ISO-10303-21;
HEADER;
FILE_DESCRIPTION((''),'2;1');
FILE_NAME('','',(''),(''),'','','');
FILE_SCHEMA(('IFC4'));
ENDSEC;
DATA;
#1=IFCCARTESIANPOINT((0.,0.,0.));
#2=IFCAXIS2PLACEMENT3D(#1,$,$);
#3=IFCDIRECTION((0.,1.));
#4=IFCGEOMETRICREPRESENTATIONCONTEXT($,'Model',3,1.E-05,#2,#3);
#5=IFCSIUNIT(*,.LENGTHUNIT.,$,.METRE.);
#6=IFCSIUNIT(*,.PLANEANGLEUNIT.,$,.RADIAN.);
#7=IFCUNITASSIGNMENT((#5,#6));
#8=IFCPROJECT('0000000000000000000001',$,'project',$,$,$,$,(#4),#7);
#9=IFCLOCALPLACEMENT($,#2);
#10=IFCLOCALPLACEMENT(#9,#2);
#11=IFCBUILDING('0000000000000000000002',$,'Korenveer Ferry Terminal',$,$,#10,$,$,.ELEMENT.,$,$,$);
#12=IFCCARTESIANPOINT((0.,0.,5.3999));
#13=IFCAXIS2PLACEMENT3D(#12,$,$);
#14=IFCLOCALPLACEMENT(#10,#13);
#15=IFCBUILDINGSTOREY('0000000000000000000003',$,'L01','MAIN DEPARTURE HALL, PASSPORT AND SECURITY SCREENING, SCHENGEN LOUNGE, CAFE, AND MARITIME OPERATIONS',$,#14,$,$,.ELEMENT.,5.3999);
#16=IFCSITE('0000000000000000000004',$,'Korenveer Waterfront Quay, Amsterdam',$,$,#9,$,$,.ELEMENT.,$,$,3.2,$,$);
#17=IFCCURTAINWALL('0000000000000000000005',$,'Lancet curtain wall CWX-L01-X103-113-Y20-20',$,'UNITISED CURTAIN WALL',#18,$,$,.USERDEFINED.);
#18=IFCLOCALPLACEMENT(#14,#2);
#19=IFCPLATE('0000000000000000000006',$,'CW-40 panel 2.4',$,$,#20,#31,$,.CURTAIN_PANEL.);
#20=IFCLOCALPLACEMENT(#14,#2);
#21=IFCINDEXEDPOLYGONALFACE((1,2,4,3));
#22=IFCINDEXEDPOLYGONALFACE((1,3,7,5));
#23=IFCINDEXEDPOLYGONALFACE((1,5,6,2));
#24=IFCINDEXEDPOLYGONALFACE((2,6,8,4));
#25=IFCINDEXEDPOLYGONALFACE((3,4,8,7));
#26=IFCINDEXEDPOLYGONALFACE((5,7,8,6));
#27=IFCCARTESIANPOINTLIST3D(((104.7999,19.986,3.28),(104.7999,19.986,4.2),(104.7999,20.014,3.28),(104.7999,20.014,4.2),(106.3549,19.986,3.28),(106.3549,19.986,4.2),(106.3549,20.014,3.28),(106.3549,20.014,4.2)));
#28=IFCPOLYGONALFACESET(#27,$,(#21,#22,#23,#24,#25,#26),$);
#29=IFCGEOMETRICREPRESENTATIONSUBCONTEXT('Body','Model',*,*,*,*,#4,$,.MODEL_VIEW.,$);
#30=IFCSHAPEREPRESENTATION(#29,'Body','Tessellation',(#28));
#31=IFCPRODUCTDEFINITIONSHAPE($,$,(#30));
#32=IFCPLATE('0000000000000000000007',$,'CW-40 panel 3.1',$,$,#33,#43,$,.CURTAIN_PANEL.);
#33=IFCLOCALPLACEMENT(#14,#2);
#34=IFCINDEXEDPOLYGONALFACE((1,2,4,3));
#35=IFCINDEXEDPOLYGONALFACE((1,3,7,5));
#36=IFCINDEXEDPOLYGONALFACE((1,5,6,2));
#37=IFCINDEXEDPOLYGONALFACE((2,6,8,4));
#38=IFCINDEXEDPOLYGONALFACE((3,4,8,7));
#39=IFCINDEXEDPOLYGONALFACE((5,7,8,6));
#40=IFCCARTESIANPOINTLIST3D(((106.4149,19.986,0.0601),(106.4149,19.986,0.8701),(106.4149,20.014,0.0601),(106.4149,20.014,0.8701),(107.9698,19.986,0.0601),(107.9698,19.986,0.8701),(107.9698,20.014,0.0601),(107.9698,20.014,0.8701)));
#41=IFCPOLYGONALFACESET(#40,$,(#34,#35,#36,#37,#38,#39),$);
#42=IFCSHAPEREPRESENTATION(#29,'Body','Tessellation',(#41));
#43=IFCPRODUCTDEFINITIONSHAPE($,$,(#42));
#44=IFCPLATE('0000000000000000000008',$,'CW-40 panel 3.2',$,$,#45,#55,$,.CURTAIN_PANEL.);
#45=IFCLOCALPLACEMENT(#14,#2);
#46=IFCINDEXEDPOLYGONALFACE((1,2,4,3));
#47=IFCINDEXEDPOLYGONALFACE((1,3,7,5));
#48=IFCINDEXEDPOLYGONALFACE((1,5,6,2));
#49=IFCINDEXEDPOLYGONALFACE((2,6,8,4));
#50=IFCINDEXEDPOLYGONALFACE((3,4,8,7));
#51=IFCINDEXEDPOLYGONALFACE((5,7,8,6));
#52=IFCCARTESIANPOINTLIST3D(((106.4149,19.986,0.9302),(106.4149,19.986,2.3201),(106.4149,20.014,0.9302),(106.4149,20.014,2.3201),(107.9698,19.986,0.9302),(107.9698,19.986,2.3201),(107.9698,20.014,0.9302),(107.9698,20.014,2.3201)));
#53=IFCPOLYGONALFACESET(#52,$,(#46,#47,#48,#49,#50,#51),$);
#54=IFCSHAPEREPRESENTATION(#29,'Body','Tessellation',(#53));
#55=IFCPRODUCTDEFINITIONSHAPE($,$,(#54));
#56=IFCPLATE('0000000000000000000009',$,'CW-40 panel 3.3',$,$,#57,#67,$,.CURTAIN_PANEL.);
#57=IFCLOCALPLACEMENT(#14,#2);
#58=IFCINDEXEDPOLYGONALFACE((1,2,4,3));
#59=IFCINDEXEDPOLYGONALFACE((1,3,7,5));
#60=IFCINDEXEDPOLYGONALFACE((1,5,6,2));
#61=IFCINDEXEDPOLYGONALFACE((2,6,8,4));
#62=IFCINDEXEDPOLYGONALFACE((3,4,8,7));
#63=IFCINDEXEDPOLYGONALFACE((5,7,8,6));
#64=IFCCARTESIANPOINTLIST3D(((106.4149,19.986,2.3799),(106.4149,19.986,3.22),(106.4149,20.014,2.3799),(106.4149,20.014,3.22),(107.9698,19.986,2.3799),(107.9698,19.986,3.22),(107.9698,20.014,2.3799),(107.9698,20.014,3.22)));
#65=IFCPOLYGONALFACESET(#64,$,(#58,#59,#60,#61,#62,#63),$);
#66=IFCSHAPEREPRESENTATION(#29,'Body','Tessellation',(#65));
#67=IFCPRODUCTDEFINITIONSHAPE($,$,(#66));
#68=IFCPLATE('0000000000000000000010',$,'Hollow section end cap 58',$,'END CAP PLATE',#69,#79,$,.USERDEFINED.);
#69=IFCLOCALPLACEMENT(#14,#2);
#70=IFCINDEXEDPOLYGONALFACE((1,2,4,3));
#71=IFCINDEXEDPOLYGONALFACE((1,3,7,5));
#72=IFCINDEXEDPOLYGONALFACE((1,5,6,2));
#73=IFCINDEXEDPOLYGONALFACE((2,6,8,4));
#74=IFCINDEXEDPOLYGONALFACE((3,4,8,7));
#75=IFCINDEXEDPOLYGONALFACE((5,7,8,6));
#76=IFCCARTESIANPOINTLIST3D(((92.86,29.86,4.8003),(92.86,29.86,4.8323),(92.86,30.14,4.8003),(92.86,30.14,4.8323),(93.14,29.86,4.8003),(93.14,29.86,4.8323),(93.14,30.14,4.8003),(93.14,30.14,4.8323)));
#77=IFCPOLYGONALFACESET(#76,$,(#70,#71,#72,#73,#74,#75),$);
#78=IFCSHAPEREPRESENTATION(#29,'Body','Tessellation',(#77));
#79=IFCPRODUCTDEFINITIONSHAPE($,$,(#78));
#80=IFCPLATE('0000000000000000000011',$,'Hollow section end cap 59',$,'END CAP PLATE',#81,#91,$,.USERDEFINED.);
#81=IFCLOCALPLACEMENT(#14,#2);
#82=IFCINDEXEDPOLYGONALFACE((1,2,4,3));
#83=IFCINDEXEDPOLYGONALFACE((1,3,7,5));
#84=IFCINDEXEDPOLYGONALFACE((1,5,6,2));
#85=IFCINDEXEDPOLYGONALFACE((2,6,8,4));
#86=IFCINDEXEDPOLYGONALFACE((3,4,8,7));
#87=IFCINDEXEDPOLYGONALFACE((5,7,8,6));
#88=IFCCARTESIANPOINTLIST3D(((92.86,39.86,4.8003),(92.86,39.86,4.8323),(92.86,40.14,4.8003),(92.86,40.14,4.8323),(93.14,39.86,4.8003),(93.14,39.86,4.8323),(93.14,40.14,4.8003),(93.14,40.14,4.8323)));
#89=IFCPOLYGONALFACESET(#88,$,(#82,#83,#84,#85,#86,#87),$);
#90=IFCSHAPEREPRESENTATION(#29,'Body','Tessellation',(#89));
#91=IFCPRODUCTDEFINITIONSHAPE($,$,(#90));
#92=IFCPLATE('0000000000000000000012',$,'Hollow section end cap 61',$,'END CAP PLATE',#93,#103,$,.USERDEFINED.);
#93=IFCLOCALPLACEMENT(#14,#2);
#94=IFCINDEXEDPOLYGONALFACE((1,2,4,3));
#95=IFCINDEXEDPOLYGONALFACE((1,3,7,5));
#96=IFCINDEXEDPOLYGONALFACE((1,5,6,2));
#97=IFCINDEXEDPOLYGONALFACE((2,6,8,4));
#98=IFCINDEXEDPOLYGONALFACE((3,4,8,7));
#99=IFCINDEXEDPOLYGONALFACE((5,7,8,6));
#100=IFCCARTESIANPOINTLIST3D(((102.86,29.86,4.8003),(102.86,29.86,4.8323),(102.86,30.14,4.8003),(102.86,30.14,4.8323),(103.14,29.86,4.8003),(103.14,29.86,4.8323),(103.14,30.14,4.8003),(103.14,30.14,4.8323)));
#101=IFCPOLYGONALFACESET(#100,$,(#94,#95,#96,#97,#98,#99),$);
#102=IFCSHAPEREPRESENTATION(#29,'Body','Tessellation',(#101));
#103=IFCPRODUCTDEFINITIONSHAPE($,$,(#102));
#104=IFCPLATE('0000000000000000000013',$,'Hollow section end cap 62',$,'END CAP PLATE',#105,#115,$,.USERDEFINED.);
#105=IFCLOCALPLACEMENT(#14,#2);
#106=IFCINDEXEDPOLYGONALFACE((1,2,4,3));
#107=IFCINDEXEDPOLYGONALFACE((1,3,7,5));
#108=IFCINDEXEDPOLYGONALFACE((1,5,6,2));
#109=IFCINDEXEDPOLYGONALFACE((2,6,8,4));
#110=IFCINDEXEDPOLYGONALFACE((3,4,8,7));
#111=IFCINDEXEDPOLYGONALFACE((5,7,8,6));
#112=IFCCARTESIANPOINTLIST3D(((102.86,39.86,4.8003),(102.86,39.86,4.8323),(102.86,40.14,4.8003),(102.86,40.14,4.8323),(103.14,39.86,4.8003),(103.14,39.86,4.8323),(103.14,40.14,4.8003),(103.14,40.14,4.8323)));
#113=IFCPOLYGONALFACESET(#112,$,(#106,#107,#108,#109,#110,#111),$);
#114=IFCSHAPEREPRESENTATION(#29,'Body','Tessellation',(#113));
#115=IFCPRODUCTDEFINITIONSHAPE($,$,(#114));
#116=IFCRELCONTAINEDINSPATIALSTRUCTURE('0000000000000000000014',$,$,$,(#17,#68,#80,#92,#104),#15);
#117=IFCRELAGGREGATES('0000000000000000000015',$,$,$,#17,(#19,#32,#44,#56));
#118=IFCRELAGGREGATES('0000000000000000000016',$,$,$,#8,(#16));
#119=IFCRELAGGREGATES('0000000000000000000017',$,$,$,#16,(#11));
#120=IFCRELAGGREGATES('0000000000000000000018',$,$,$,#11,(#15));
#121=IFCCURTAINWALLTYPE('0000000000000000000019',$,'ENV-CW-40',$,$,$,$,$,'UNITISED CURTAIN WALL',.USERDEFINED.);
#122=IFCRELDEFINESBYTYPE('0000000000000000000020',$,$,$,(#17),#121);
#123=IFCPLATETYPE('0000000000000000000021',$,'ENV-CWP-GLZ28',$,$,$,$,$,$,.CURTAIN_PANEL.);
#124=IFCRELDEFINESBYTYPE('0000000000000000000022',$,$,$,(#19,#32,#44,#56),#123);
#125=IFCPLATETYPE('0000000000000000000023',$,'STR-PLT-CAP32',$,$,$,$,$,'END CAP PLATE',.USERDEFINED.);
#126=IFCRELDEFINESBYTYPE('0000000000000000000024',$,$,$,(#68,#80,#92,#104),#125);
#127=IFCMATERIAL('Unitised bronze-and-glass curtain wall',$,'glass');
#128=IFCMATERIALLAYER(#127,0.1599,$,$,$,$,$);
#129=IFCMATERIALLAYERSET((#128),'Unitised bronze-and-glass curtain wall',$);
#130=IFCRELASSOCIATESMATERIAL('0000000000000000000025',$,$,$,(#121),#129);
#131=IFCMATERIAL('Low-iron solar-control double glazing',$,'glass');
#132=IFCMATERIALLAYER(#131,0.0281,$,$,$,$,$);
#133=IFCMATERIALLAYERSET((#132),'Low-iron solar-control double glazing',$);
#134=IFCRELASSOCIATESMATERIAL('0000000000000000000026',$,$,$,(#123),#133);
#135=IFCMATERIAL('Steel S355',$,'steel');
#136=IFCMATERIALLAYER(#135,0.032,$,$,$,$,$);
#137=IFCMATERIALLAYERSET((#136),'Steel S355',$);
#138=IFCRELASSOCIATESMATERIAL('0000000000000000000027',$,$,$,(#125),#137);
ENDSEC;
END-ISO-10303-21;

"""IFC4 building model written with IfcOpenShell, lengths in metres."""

from ifc_helpers import new_model, si_unit, direction, frame, origin, origin_2d, place, context, subcontext, project, spatial, rectangle, extrude, material, layer, layer_set, type_object, element, aggregate, save


model = new_model("IFC4")

# Units and contexts
model_context = context("Model", 3, precision=1e-05, world=origin(), true_north=direction((0.0, 1.0)))
body_context = subcontext(model_context, "Body", "Model", "MODEL_VIEW")
ifc_project = project(units=[si_unit("LENGTHUNIT", "METRE"), si_unit("PLANEANGLEUNIT", "RADIAN")], contexts=[model_context])

# Site, building, storey
site_placement = place(None, origin())
site = spatial("IfcSite", under=ifc_project, at=site_placement, Name="Korenveer Waterfront Quay, Amsterdam", CompositionType="ELEMENT", RefElevation=3.2)
building_placement = place(site_placement, origin())
building = spatial("IfcBuilding", under=site, at=building_placement, Name="Korenveer Ferry Terminal", CompositionType="ELEMENT")
storey_placement = place(building_placement, frame((0.0, 0.0, 5.3999)))
storey = spatial("IfcBuildingStorey", under=building, at=storey_placement, Name="L01", Description="MAIN DEPARTURE HALL, PASSPORT AND SECURITY SCREENING, SCHENGEN LOUNGE, CAFE, AND MARITIME OPERATIONS", CompositionType="ELEMENT", Elevation=5.3999)

# Shared definitions
ifc_material_1 = material(Name="Steel S355", Category="steel")

# Curtain wall, plates
ifc_material_2 = material(Name="Unitised bronze-and-glass curtain wall", Category="glass")
ifc_layer_1 = layer(ifc_material_2, 0.1599)
ifc_layer_set_1 = layer_set([ifc_layer_1], Name="Unitised bronze-and-glass curtain wall")
curtain_wall_type = type_object("IfcCurtainWallType", Name="ENV-CW-40", ElementType="UNITISED CURTAIN WALL", PredefinedType="USERDEFINED", material=ifc_layer_set_1)
curtain_wall_placement = place(storey_placement, frame((103.155, 20.0, 0.0)))
curtain_wall = element("IfcCurtainWall", 1, at=curtain_wall_placement, inside=storey, type_object=curtain_wall_type, Name="Lancet curtain wall CWX-L01-X103-113-Y20-20", ObjectType="UNITISED CURTAIN WALL", PredefinedType="USERDEFINED")
ifc_material_3 = material(Name="Low-iron solar-control double glazing", Category="glass")
ifc_layer_2 = layer(ifc_material_3, 0.0281)
ifc_layer_set_2 = layer_set([ifc_layer_2], Name="Low-iron solar-control double glazing")
plate_type_1 = type_object("IfcPlateType", Name="ENV-CWP-GLZ28", PredefinedType="CURTAIN_PANEL", material=ifc_layer_set_2)
plate_1_placement = place(storey_placement, frame((105.5774, 20.0, 3.28), z_axis=(0.0, 0.0, 1.0), x_axis=(1.0, 0.0, 0.0)))
plate_1 = element("IfcPlate", 2, at=plate_1_placement, type_object=plate_type_1, Name="CW-40 panel 2.4", PredefinedType="CURTAIN_PANEL", context=body_context, shape_type="SweptSolid", body=[
    extrude(rectangle(XDim=1.5549, YDim=0.0281, at=origin_2d()), origin(), (0.0, 0.0, 1.0), 0.9199),
])
plate_2_placement = place(storey_placement, frame((107.1924, 20.0, 0.0601), z_axis=(0.0, 0.0, 1.0), x_axis=(1.0, 0.0, 0.0)))
plate_2 = element("IfcPlate", 3, at=plate_2_placement, type_object=plate_type_1, Name="CW-40 panel 3.1", PredefinedType="CURTAIN_PANEL", context=body_context, shape_type="SweptSolid", body=[
    extrude(rectangle(XDim=1.5549, YDim=0.0281, at=origin_2d()), origin(), (0.0, 0.0, 1.0), 0.8101),
])
plate_3_placement = place(storey_placement, frame((107.1924, 20.0, 0.9302), z_axis=(0.0, 0.0, 1.0), x_axis=(1.0, 0.0, 0.0)))
plate_3 = element("IfcPlate", 4, at=plate_3_placement, type_object=plate_type_1, Name="CW-40 panel 3.2", PredefinedType="CURTAIN_PANEL", context=body_context, shape_type="SweptSolid", body=[
    extrude(rectangle(XDim=1.5549, YDim=0.0281, at=origin_2d()), origin(), (0.0, 0.0, 1.0), 1.3899),
])
plate_4_placement = place(storey_placement, frame((107.1924, 20.0, 2.3799), z_axis=(0.0, 0.0, 1.0), x_axis=(1.0, 0.0, 0.0)))
plate_4 = element("IfcPlate", 5, at=plate_4_placement, type_object=plate_type_1, Name="CW-40 panel 3.3", PredefinedType="CURTAIN_PANEL", context=body_context, shape_type="SweptSolid", body=[
    extrude(rectangle(XDim=1.5549, YDim=0.0281, at=origin_2d()), origin(), (0.0, 0.0, 1.0), 0.8401),
])
aggregate(curtain_wall, [plate_1, plate_2, plate_3, plate_4])

# Plates
ifc_layer_3 = layer(ifc_material_1, 0.032)
ifc_layer_set_3 = layer_set([ifc_layer_3], Name="Steel S355")
plate_type_2 = type_object("IfcPlateType", Name="STR-PLT-CAP32", ElementType="END CAP PLATE", PredefinedType="USERDEFINED", material=ifc_layer_set_3)
for number, where, z_axis, x_axis, name in (
    (6, (93.0, 30.0, 4.8003), (0.0, 0.0, 1.0), (1.0, 0.0, 0.0), "Hollow section end cap 58"),
    (7, (93.0, 40.0, 4.8003), (0.0, 0.0, 1.0), (1.0, 0.0, 0.0), "Hollow section end cap 59"),
    (8, (103.0, 30.0, 4.8003), (0.0, 0.0, 1.0), (1.0, 0.0, 0.0), "Hollow section end cap 61"),
    (9, (103.0, 40.0, 4.8003), (0.0, 0.0, 1.0), (1.0, 0.0, 0.0), "Hollow section end cap 62"),
):
    element("IfcPlate", number, at=place(storey_placement, frame(where, z_axis=z_axis, x_axis=x_axis)), inside=storey, type_object=plate_type_2, Name=name, ObjectType="END CAP PLATE", PredefinedType="USERDEFINED", context=body_context, shape_type="SweptSolid", body=[
        extrude(rectangle(XDim=0.28, YDim=0.28, at=origin_2d()), origin(), (0.0, 0.0, 1.0), 0.032),
    ])

save(model, "model.ifc")
